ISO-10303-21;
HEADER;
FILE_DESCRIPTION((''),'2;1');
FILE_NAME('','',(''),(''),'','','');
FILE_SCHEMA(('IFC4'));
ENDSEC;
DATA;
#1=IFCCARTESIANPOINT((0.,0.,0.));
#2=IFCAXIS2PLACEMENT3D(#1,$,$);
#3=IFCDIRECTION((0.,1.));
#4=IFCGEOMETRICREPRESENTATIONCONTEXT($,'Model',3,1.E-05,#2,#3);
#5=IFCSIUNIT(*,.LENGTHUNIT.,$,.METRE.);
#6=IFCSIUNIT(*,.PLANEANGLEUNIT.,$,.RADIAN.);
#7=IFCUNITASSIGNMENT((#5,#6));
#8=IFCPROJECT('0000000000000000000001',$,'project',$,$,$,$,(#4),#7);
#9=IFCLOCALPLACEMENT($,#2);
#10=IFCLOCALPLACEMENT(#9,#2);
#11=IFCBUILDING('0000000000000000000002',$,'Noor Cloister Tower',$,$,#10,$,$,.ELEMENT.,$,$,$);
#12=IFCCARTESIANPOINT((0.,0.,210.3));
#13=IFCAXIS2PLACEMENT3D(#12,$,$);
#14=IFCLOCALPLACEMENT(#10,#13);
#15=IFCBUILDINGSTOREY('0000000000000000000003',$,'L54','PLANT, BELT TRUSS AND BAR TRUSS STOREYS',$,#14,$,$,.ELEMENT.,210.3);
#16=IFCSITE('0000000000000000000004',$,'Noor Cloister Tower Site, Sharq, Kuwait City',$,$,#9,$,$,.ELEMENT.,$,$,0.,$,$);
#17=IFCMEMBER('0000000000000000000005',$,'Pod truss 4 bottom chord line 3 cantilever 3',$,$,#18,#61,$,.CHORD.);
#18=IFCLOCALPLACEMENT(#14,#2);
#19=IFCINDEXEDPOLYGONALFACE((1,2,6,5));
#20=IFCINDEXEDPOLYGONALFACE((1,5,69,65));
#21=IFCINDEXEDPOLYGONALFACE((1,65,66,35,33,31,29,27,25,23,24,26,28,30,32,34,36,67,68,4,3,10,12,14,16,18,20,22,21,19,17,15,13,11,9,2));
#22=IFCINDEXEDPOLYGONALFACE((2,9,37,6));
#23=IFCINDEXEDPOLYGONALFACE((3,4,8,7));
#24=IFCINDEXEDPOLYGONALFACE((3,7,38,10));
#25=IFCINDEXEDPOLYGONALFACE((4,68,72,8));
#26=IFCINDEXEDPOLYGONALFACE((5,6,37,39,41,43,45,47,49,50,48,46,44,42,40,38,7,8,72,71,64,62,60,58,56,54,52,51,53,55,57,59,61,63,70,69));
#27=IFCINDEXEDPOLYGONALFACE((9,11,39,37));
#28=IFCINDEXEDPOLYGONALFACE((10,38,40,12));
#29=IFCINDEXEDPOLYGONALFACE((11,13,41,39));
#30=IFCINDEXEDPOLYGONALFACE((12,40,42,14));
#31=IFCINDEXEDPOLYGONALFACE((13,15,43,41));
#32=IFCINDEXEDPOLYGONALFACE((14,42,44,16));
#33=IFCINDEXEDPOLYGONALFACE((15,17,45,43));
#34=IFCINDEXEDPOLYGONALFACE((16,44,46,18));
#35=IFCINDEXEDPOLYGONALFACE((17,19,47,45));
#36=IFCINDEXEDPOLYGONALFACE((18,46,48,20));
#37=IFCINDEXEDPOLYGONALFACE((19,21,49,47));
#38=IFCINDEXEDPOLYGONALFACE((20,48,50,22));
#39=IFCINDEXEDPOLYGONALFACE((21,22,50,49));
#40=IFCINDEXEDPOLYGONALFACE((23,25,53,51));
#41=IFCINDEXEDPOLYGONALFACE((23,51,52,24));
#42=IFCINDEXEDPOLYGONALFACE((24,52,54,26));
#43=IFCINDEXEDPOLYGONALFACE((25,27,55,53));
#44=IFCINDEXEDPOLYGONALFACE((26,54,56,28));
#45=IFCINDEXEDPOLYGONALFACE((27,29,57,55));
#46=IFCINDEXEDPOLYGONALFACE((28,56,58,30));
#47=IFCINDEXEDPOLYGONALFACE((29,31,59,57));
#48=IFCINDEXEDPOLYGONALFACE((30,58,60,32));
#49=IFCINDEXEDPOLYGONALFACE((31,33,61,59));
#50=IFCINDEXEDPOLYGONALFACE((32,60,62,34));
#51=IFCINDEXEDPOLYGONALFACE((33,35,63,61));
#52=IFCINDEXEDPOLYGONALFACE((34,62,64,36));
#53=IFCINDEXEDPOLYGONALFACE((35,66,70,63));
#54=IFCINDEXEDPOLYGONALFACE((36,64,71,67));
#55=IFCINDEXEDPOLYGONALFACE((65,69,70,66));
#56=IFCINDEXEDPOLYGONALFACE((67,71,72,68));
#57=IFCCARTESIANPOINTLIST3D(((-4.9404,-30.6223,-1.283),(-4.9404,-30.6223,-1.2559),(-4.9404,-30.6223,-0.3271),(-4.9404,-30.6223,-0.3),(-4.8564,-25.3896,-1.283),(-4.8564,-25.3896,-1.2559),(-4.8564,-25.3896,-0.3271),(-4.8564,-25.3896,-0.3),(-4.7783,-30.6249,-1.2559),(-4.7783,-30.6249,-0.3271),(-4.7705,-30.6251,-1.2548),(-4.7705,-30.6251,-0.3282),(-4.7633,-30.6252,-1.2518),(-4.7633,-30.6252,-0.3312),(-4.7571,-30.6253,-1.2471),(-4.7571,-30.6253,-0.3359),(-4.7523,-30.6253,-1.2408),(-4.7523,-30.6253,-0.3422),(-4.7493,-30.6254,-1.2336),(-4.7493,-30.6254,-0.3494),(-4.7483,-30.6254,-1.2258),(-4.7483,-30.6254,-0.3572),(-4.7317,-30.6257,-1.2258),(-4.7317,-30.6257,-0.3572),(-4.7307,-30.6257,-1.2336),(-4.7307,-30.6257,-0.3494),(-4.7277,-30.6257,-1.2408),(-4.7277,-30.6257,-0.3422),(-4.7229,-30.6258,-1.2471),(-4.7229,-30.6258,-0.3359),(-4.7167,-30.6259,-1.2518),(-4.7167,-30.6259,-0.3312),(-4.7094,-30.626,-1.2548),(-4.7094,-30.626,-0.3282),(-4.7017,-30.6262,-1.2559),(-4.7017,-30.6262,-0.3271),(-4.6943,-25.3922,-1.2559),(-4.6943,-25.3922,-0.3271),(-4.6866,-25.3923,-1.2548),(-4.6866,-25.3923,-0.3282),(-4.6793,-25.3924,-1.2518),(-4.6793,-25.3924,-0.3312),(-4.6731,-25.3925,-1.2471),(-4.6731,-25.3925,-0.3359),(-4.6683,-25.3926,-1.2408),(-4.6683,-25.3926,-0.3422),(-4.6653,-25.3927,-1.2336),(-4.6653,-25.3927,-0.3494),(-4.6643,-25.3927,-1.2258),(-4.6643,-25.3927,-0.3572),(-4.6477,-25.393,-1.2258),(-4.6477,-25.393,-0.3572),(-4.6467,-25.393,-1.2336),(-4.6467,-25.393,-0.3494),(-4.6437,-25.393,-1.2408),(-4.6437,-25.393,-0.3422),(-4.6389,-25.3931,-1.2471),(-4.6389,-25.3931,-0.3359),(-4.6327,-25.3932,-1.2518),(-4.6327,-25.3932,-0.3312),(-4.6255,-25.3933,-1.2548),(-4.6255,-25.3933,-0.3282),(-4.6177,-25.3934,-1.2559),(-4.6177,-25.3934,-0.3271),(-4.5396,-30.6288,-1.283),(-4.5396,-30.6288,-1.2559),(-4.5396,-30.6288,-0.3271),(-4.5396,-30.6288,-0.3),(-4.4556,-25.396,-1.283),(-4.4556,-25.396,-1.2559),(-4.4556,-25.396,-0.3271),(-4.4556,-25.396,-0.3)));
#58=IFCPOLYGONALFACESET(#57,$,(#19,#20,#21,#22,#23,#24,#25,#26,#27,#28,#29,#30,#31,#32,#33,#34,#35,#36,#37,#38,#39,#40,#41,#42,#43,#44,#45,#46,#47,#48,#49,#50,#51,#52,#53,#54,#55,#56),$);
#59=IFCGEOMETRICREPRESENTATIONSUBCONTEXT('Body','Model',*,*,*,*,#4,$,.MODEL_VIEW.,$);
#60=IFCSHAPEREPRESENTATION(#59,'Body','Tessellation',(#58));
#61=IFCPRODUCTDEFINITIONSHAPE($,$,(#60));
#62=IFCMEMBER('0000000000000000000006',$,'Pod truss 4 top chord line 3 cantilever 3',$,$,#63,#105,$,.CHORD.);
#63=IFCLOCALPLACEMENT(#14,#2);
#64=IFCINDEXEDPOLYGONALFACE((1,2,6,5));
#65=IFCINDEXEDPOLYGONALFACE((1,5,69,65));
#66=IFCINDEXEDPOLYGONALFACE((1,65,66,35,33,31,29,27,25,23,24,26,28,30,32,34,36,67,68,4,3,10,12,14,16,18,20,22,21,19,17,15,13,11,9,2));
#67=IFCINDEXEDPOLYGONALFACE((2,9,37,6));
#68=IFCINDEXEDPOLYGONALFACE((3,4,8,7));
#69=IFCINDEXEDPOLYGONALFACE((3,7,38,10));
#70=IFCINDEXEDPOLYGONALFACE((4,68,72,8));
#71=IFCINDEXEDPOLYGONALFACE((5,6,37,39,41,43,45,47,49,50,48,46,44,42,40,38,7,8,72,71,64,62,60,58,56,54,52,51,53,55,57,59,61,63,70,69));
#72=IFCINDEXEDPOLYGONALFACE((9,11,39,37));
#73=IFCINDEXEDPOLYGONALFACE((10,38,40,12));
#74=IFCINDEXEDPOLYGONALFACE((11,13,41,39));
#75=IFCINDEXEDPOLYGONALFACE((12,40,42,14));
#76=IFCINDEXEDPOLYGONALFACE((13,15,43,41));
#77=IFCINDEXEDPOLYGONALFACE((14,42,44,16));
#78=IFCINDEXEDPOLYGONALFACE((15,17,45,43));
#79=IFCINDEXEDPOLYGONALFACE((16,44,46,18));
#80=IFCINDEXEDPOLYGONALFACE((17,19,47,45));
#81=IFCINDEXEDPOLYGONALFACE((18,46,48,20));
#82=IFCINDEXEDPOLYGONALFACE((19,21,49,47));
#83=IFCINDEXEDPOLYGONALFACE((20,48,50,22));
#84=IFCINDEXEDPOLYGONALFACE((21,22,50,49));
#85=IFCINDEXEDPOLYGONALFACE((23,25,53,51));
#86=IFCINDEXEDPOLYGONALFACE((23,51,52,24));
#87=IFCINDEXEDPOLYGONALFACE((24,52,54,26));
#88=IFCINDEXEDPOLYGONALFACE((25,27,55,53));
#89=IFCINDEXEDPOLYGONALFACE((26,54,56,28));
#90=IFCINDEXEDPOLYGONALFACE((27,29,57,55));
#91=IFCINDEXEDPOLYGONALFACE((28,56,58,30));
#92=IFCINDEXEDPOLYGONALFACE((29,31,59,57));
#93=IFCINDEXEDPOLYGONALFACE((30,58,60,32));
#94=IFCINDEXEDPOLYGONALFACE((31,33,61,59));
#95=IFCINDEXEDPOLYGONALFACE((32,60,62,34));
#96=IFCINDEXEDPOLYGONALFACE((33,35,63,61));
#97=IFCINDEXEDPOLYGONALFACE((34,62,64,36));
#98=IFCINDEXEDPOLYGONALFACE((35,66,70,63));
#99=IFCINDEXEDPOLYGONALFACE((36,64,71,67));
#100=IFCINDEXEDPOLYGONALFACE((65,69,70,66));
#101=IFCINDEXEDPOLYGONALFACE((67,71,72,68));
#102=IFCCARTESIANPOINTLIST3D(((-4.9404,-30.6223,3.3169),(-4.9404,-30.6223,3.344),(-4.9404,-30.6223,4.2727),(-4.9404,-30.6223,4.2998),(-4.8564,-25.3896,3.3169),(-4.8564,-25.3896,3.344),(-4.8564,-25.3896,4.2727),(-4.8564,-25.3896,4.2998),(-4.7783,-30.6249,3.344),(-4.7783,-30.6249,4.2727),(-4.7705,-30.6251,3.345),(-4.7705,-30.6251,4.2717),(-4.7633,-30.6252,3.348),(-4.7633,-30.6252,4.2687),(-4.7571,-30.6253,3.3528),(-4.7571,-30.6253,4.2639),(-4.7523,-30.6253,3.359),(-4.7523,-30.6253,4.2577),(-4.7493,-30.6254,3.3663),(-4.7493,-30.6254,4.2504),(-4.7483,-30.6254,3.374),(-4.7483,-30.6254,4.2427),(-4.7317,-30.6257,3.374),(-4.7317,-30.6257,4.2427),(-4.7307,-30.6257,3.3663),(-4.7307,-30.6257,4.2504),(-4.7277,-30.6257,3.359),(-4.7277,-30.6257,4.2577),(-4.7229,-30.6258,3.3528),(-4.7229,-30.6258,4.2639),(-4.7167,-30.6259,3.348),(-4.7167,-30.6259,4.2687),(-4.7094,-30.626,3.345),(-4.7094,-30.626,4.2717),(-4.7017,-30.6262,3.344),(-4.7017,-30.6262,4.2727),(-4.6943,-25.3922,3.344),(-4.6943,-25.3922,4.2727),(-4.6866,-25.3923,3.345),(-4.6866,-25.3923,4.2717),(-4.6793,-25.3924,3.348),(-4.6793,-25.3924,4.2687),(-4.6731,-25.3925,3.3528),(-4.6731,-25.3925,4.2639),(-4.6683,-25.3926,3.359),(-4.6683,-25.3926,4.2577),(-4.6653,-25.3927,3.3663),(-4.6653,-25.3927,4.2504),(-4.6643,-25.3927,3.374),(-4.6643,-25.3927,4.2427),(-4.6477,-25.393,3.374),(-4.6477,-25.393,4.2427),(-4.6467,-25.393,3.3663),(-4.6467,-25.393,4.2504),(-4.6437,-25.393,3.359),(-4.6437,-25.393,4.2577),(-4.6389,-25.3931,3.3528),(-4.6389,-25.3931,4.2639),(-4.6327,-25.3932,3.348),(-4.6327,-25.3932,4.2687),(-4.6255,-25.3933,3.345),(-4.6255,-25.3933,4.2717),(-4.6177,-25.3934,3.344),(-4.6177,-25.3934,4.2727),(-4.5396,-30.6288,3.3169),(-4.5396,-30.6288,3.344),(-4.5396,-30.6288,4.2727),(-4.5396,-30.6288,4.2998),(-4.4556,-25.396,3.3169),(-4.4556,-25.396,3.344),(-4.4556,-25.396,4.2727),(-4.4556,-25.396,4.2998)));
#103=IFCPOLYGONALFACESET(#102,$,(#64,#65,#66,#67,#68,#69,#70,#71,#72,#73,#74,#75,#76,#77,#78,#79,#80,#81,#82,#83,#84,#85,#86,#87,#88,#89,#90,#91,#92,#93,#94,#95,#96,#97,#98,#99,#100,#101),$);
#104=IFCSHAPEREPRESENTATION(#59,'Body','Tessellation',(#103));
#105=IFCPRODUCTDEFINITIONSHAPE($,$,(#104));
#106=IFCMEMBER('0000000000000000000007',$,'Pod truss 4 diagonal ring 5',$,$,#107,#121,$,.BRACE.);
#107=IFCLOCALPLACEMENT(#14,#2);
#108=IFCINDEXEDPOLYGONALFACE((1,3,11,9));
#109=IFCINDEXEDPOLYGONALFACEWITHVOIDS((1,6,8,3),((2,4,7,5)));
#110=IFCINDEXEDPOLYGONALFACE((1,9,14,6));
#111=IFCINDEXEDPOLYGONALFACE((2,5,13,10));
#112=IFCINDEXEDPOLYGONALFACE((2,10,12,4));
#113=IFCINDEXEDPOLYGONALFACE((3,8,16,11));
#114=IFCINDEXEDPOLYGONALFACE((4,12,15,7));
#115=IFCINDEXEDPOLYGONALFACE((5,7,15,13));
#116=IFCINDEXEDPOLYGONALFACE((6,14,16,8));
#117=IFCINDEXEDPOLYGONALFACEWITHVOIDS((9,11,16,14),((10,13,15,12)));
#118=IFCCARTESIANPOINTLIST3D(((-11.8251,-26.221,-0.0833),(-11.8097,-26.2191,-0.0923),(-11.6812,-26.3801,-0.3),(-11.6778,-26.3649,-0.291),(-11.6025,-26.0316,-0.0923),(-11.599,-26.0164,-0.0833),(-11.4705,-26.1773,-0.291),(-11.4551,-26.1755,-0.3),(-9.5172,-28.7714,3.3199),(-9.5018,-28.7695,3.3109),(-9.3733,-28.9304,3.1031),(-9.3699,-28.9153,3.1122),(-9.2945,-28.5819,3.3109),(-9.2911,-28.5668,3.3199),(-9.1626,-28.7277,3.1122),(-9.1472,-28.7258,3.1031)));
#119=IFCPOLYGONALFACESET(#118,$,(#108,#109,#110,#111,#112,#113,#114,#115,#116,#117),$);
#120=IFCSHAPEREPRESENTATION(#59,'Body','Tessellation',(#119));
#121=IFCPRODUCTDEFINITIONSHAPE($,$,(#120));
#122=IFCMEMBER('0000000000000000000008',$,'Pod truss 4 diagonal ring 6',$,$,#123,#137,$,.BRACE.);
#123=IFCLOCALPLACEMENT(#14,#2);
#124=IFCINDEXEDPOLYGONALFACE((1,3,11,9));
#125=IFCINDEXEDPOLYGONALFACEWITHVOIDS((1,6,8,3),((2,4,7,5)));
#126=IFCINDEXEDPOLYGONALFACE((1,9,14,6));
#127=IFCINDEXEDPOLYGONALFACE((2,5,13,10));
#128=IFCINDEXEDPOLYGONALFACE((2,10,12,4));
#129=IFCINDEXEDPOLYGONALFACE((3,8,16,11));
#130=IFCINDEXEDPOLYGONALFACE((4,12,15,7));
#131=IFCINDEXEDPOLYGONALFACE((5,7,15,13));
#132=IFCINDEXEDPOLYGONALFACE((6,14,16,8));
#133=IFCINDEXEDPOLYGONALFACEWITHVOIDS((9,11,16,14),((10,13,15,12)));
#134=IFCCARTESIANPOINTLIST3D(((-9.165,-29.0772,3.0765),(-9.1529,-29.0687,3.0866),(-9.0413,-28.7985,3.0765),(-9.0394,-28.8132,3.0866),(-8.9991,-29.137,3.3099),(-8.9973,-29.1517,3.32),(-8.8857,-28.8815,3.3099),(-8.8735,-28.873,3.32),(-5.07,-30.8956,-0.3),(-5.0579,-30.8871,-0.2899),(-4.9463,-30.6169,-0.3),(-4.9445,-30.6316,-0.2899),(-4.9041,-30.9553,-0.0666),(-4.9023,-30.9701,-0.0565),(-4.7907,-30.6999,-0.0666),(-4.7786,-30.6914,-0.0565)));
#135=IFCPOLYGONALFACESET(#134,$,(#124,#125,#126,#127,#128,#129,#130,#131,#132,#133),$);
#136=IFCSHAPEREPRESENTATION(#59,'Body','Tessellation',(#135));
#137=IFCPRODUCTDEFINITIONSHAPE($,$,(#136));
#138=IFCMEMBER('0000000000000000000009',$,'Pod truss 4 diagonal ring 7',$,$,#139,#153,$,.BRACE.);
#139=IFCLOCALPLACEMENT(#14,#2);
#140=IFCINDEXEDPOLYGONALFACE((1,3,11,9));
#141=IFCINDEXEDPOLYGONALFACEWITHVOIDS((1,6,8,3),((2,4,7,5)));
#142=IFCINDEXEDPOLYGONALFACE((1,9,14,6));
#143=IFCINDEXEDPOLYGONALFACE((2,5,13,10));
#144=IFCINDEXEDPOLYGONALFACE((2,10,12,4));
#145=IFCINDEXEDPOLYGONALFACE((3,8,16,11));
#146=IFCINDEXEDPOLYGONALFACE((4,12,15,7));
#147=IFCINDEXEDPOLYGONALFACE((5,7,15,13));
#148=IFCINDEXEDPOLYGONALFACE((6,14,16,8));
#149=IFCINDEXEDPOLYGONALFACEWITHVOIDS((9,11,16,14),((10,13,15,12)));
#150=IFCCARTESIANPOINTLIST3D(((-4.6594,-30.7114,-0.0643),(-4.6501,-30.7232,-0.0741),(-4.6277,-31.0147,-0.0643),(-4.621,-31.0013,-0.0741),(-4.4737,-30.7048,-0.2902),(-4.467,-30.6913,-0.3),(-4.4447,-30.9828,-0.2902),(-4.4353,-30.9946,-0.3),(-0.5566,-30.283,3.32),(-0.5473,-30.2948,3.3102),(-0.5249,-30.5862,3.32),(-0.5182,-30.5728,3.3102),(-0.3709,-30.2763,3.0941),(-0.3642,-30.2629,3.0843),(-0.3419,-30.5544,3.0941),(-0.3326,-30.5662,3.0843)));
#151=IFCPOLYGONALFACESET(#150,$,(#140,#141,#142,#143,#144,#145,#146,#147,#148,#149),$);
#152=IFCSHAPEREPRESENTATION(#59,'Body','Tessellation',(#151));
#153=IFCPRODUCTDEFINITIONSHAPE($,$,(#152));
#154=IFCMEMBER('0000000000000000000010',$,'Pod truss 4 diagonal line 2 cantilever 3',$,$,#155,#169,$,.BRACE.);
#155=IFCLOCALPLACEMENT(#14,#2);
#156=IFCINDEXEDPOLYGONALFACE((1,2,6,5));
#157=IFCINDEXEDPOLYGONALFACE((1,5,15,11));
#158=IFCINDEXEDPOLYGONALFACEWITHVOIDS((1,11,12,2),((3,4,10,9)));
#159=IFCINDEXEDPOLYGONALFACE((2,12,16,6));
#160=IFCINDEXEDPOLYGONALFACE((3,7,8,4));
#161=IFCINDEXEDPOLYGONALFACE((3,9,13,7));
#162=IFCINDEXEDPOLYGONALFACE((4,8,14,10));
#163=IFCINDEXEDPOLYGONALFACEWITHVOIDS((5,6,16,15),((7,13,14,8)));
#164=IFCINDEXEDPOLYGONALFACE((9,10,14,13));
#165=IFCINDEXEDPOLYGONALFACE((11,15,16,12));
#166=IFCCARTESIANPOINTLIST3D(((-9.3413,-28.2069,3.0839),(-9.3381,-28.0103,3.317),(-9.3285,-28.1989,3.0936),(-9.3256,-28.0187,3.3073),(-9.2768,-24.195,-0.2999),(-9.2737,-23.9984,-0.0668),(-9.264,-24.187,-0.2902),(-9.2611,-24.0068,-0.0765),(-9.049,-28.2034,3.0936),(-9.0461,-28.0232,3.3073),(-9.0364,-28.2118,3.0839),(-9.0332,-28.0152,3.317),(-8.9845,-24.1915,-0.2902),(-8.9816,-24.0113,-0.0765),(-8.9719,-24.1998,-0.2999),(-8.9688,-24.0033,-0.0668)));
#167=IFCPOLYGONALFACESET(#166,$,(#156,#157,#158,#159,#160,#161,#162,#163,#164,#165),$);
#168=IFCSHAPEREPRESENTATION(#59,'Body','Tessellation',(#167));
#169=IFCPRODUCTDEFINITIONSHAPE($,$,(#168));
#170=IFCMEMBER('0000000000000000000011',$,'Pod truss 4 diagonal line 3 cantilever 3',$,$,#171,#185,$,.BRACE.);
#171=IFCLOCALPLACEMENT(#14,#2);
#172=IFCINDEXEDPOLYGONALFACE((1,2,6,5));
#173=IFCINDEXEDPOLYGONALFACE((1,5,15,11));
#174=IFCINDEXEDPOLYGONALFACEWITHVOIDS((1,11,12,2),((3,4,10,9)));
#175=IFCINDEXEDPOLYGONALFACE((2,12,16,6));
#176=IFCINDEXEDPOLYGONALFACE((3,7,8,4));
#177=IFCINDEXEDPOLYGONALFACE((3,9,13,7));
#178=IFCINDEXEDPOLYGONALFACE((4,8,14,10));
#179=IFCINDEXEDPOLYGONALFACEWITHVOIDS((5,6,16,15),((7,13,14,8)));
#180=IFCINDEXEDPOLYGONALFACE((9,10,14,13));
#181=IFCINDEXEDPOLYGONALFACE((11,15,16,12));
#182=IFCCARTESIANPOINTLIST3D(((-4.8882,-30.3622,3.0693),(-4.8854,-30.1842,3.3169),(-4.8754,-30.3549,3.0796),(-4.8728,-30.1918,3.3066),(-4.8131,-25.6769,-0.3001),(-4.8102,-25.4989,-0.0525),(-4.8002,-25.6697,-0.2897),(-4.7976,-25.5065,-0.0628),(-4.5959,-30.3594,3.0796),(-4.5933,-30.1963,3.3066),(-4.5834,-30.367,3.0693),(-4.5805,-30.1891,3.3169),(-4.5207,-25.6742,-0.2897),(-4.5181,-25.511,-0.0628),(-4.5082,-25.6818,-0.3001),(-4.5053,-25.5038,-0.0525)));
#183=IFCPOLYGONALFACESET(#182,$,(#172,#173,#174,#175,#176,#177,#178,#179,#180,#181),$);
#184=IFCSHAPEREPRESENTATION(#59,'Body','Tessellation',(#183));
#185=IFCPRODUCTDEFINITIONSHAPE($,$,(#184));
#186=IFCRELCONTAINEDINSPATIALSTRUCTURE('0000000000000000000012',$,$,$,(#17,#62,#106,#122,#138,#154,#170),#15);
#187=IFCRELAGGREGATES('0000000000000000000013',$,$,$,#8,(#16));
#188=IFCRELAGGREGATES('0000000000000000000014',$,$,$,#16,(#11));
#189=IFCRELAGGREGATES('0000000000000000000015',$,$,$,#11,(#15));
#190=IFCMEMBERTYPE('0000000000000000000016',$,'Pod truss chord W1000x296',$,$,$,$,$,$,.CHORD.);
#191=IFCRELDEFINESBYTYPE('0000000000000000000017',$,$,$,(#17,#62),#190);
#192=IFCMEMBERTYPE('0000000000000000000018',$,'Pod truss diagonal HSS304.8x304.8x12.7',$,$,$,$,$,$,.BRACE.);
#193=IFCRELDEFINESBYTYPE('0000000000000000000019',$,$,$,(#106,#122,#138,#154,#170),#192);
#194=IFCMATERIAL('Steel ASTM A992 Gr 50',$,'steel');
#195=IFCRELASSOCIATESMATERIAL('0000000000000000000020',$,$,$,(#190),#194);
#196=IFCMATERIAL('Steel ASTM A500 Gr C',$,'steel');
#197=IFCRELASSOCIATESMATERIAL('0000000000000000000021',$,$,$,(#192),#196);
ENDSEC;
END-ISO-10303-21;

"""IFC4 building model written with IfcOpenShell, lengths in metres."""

from ifc_helpers import new_model, si_unit, direction, frame, origin, origin_2d, place, context, subcontext, project, spatial, hollow_rectangle, i_section, extrude, material, material_profile, profile_set, type_object, element, save


model = new_model("IFC4")

# Units and contexts
model_context = context("Model", 3, precision=1e-05, world=origin(), true_north=direction((0.0, 1.0)))
body_context = subcontext(model_context, "Body", "Model", "MODEL_VIEW")
ifc_project = project(units=[si_unit("LENGTHUNIT", "METRE"), si_unit("PLANEANGLEUNIT", "RADIAN")], contexts=[model_context])

# Site, building, storey
site_placement = place(None, origin())
site = spatial("IfcSite", under=ifc_project, at=site_placement, Name="Noor Cloister Tower Site, Sharq, Kuwait City", CompositionType="ELEMENT", RefElevation=0.0)
building_placement = place(site_placement, origin())
building = spatial("IfcBuilding", under=site, at=building_placement, Name="Noor Cloister Tower", CompositionType="ELEMENT")
storey_placement = place(building_placement, frame((0.0, 0.0, 210.3)))
storey = spatial("IfcBuildingStorey", under=building, at=storey_placement, Name="L54", Description="PLANT, BELT TRUSS AND BAR TRUSS STOREYS", CompositionType="ELEMENT", Elevation=210.3)

# Members
ifc_material_1 = material(Name="Steel ASTM A992 Gr 50", Category="steel")
ifc_material_profile_1 = material_profile(ifc_material_1, i_section(OverallWidth=0.4009, OverallDepth=0.9829, WebThickness=0.0166, FlangeThickness=0.0271, FilletRadius=0.03, at=origin_2d()), Name="W1000x296")
ifc_profile_set_1 = profile_set([ifc_material_profile_1], Name="Steel ASTM A992 Gr 50")
member_type_1 = type_object("IfcMemberType", Name="Pod truss chord W1000x296", PredefinedType="CHORD", material=ifc_profile_set_1)
for number, where, z_axis, x_axis, name in (
    (1, (-4.656, -25.3928, -0.7915), (-0.016048, -0.999871, 0.0), (0.999871, -0.016048, 0.0), "Pod truss 4 bottom chord line 3 cantilever 3"),
    (2, (-4.656, -25.3928, 3.8083), (-0.016048, -0.999871, 0.0), (0.999871, -0.016048, 0.0), "Pod truss 4 top chord line 3 cantilever 3"),
):
    element("IfcMember", number, at=place(storey_placement, frame(where, z_axis=z_axis, x_axis=x_axis)), inside=storey, type_object=member_type_1, Name=name, PredefinedType="CHORD", context=body_context, shape_type="SweptSolid", body=[
        extrude(i_section(OverallWidth=0.4009, OverallDepth=0.9829, WebThickness=0.0166, FlangeThickness=0.0271, FilletRadius=0.03, at=origin_2d()), origin(), (0.0, 0.0, 1.0), 5.2334),
    ])
ifc_material_2 = material(Name="Steel ASTM A500 Gr C", Category="steel")
ifc_material_profile_2 = material_profile(ifc_material_2, hollow_rectangle(XDim=0.3049, YDim=0.3049, WallThickness=0.0127, at=origin_2d()), Name="HSS304.8x304.8x12.7")
ifc_profile_set_2 = profile_set([ifc_material_profile_2], Name="Steel ASTM A500 Gr C")
member_type_2 = type_object("IfcMemberType", Name="Pod truss diagonal HSS304.8x304.8x12.7", PredefinedType="BRACE", material=ifc_profile_set_2)
member_1_placement = place(storey_placement, frame((-11.6401, -26.1982, -0.1917), z_axis=(0.476978, -0.527083, 0.703332), x_axis=(0.74147, 0.670986, 0.0)))
element("IfcMember", 3, at=member_1_placement, inside=storey, type_object=member_type_2, Name="Pod truss 4 diagonal ring 5", PredefinedType="BRACE", context=body_context, shape_type="SweptSolid", body=[
    extrude(hollow_rectangle(XDim=0.3049, YDim=0.3049, WallThickness=0.0127, at=origin_2d()), origin(), (0.0, 0.0, 1.0), 4.8386),
])
member_2_placement = place(storey_placement, frame((-9.0193, -28.9751, 3.1982), z_axis=(0.729899, -0.32411, -0.601831), x_axis=(0.405835, 0.913946, 0.0)))
element("IfcMember", 4, at=member_2_placement, inside=storey, type_object=member_type_2, Name="Pod truss 4 diagonal ring 6", PredefinedType="BRACE", context=body_context, shape_type="SweptSolid", body=[
    extrude(hollow_rectangle(XDim=0.3049, YDim=0.3049, WallThickness=0.0127, at=origin_2d()), origin(), (0.0, 0.0, 1.0), 5.6104),
])
member_3_placement = place(storey_placement, frame((-4.5474, -30.853, -0.1821), z_axis=(0.76893, 0.080302, 0.63427), x_axis=(-0.103868, 0.994591, 0.0)))
element("IfcMember", 5, at=member_3_placement, inside=storey, type_object=member_type_2, Name="Pod truss 4 diagonal ring 7", PredefinedType="BRACE", context=body_context, shape_type="SweptSolid", body=[
    extrude(hollow_rectangle(XDim=0.3049, YDim=0.3049, WallThickness=0.0127, at=origin_2d()), origin(), (0.0, 0.0, 1.0), 5.3357),
])
member_4_placement = place(storey_placement, frame((-9.1228, -24.0991, -0.1833), z_axis=(-0.01228, -0.764356, 0.644677), x_axis=(0.999871, -0.016063, 0.0)))
element("IfcMember", 6, at=member_4_placement, inside=storey, type_object=member_type_2, Name="Pod truss 4 diagonal line 2 cantilever 3", PredefinedType="BRACE", context=body_context, shape_type="SweptSolid", body=[
    extrude(hollow_rectangle(XDim=0.3049, YDim=0.3049, WallThickness=0.0127, at=origin_2d()), origin(), (0.0, 0.0, 1.0), 5.2488),
])
member_5_placement = place(storey_placement, frame((-4.6592, -25.5903, -0.1763), z_axis=(-0.013029, -0.811797, 0.583795), x_axis=(0.999871, -0.016047, 0.0)))
element("IfcMember", 7, at=member_5_placement, inside=storey, type_object=member_type_2, Name="Pod truss 4 diagonal line 3 cantilever 3", PredefinedType="BRACE", context=body_context, shape_type="SweptSolid", body=[
    extrude(hollow_rectangle(XDim=0.3049, YDim=0.3049, WallThickness=0.0127, at=origin_2d()), origin(), (0.0, 0.0, 1.0), 5.7715),
])

save(model, "model.ifc")
